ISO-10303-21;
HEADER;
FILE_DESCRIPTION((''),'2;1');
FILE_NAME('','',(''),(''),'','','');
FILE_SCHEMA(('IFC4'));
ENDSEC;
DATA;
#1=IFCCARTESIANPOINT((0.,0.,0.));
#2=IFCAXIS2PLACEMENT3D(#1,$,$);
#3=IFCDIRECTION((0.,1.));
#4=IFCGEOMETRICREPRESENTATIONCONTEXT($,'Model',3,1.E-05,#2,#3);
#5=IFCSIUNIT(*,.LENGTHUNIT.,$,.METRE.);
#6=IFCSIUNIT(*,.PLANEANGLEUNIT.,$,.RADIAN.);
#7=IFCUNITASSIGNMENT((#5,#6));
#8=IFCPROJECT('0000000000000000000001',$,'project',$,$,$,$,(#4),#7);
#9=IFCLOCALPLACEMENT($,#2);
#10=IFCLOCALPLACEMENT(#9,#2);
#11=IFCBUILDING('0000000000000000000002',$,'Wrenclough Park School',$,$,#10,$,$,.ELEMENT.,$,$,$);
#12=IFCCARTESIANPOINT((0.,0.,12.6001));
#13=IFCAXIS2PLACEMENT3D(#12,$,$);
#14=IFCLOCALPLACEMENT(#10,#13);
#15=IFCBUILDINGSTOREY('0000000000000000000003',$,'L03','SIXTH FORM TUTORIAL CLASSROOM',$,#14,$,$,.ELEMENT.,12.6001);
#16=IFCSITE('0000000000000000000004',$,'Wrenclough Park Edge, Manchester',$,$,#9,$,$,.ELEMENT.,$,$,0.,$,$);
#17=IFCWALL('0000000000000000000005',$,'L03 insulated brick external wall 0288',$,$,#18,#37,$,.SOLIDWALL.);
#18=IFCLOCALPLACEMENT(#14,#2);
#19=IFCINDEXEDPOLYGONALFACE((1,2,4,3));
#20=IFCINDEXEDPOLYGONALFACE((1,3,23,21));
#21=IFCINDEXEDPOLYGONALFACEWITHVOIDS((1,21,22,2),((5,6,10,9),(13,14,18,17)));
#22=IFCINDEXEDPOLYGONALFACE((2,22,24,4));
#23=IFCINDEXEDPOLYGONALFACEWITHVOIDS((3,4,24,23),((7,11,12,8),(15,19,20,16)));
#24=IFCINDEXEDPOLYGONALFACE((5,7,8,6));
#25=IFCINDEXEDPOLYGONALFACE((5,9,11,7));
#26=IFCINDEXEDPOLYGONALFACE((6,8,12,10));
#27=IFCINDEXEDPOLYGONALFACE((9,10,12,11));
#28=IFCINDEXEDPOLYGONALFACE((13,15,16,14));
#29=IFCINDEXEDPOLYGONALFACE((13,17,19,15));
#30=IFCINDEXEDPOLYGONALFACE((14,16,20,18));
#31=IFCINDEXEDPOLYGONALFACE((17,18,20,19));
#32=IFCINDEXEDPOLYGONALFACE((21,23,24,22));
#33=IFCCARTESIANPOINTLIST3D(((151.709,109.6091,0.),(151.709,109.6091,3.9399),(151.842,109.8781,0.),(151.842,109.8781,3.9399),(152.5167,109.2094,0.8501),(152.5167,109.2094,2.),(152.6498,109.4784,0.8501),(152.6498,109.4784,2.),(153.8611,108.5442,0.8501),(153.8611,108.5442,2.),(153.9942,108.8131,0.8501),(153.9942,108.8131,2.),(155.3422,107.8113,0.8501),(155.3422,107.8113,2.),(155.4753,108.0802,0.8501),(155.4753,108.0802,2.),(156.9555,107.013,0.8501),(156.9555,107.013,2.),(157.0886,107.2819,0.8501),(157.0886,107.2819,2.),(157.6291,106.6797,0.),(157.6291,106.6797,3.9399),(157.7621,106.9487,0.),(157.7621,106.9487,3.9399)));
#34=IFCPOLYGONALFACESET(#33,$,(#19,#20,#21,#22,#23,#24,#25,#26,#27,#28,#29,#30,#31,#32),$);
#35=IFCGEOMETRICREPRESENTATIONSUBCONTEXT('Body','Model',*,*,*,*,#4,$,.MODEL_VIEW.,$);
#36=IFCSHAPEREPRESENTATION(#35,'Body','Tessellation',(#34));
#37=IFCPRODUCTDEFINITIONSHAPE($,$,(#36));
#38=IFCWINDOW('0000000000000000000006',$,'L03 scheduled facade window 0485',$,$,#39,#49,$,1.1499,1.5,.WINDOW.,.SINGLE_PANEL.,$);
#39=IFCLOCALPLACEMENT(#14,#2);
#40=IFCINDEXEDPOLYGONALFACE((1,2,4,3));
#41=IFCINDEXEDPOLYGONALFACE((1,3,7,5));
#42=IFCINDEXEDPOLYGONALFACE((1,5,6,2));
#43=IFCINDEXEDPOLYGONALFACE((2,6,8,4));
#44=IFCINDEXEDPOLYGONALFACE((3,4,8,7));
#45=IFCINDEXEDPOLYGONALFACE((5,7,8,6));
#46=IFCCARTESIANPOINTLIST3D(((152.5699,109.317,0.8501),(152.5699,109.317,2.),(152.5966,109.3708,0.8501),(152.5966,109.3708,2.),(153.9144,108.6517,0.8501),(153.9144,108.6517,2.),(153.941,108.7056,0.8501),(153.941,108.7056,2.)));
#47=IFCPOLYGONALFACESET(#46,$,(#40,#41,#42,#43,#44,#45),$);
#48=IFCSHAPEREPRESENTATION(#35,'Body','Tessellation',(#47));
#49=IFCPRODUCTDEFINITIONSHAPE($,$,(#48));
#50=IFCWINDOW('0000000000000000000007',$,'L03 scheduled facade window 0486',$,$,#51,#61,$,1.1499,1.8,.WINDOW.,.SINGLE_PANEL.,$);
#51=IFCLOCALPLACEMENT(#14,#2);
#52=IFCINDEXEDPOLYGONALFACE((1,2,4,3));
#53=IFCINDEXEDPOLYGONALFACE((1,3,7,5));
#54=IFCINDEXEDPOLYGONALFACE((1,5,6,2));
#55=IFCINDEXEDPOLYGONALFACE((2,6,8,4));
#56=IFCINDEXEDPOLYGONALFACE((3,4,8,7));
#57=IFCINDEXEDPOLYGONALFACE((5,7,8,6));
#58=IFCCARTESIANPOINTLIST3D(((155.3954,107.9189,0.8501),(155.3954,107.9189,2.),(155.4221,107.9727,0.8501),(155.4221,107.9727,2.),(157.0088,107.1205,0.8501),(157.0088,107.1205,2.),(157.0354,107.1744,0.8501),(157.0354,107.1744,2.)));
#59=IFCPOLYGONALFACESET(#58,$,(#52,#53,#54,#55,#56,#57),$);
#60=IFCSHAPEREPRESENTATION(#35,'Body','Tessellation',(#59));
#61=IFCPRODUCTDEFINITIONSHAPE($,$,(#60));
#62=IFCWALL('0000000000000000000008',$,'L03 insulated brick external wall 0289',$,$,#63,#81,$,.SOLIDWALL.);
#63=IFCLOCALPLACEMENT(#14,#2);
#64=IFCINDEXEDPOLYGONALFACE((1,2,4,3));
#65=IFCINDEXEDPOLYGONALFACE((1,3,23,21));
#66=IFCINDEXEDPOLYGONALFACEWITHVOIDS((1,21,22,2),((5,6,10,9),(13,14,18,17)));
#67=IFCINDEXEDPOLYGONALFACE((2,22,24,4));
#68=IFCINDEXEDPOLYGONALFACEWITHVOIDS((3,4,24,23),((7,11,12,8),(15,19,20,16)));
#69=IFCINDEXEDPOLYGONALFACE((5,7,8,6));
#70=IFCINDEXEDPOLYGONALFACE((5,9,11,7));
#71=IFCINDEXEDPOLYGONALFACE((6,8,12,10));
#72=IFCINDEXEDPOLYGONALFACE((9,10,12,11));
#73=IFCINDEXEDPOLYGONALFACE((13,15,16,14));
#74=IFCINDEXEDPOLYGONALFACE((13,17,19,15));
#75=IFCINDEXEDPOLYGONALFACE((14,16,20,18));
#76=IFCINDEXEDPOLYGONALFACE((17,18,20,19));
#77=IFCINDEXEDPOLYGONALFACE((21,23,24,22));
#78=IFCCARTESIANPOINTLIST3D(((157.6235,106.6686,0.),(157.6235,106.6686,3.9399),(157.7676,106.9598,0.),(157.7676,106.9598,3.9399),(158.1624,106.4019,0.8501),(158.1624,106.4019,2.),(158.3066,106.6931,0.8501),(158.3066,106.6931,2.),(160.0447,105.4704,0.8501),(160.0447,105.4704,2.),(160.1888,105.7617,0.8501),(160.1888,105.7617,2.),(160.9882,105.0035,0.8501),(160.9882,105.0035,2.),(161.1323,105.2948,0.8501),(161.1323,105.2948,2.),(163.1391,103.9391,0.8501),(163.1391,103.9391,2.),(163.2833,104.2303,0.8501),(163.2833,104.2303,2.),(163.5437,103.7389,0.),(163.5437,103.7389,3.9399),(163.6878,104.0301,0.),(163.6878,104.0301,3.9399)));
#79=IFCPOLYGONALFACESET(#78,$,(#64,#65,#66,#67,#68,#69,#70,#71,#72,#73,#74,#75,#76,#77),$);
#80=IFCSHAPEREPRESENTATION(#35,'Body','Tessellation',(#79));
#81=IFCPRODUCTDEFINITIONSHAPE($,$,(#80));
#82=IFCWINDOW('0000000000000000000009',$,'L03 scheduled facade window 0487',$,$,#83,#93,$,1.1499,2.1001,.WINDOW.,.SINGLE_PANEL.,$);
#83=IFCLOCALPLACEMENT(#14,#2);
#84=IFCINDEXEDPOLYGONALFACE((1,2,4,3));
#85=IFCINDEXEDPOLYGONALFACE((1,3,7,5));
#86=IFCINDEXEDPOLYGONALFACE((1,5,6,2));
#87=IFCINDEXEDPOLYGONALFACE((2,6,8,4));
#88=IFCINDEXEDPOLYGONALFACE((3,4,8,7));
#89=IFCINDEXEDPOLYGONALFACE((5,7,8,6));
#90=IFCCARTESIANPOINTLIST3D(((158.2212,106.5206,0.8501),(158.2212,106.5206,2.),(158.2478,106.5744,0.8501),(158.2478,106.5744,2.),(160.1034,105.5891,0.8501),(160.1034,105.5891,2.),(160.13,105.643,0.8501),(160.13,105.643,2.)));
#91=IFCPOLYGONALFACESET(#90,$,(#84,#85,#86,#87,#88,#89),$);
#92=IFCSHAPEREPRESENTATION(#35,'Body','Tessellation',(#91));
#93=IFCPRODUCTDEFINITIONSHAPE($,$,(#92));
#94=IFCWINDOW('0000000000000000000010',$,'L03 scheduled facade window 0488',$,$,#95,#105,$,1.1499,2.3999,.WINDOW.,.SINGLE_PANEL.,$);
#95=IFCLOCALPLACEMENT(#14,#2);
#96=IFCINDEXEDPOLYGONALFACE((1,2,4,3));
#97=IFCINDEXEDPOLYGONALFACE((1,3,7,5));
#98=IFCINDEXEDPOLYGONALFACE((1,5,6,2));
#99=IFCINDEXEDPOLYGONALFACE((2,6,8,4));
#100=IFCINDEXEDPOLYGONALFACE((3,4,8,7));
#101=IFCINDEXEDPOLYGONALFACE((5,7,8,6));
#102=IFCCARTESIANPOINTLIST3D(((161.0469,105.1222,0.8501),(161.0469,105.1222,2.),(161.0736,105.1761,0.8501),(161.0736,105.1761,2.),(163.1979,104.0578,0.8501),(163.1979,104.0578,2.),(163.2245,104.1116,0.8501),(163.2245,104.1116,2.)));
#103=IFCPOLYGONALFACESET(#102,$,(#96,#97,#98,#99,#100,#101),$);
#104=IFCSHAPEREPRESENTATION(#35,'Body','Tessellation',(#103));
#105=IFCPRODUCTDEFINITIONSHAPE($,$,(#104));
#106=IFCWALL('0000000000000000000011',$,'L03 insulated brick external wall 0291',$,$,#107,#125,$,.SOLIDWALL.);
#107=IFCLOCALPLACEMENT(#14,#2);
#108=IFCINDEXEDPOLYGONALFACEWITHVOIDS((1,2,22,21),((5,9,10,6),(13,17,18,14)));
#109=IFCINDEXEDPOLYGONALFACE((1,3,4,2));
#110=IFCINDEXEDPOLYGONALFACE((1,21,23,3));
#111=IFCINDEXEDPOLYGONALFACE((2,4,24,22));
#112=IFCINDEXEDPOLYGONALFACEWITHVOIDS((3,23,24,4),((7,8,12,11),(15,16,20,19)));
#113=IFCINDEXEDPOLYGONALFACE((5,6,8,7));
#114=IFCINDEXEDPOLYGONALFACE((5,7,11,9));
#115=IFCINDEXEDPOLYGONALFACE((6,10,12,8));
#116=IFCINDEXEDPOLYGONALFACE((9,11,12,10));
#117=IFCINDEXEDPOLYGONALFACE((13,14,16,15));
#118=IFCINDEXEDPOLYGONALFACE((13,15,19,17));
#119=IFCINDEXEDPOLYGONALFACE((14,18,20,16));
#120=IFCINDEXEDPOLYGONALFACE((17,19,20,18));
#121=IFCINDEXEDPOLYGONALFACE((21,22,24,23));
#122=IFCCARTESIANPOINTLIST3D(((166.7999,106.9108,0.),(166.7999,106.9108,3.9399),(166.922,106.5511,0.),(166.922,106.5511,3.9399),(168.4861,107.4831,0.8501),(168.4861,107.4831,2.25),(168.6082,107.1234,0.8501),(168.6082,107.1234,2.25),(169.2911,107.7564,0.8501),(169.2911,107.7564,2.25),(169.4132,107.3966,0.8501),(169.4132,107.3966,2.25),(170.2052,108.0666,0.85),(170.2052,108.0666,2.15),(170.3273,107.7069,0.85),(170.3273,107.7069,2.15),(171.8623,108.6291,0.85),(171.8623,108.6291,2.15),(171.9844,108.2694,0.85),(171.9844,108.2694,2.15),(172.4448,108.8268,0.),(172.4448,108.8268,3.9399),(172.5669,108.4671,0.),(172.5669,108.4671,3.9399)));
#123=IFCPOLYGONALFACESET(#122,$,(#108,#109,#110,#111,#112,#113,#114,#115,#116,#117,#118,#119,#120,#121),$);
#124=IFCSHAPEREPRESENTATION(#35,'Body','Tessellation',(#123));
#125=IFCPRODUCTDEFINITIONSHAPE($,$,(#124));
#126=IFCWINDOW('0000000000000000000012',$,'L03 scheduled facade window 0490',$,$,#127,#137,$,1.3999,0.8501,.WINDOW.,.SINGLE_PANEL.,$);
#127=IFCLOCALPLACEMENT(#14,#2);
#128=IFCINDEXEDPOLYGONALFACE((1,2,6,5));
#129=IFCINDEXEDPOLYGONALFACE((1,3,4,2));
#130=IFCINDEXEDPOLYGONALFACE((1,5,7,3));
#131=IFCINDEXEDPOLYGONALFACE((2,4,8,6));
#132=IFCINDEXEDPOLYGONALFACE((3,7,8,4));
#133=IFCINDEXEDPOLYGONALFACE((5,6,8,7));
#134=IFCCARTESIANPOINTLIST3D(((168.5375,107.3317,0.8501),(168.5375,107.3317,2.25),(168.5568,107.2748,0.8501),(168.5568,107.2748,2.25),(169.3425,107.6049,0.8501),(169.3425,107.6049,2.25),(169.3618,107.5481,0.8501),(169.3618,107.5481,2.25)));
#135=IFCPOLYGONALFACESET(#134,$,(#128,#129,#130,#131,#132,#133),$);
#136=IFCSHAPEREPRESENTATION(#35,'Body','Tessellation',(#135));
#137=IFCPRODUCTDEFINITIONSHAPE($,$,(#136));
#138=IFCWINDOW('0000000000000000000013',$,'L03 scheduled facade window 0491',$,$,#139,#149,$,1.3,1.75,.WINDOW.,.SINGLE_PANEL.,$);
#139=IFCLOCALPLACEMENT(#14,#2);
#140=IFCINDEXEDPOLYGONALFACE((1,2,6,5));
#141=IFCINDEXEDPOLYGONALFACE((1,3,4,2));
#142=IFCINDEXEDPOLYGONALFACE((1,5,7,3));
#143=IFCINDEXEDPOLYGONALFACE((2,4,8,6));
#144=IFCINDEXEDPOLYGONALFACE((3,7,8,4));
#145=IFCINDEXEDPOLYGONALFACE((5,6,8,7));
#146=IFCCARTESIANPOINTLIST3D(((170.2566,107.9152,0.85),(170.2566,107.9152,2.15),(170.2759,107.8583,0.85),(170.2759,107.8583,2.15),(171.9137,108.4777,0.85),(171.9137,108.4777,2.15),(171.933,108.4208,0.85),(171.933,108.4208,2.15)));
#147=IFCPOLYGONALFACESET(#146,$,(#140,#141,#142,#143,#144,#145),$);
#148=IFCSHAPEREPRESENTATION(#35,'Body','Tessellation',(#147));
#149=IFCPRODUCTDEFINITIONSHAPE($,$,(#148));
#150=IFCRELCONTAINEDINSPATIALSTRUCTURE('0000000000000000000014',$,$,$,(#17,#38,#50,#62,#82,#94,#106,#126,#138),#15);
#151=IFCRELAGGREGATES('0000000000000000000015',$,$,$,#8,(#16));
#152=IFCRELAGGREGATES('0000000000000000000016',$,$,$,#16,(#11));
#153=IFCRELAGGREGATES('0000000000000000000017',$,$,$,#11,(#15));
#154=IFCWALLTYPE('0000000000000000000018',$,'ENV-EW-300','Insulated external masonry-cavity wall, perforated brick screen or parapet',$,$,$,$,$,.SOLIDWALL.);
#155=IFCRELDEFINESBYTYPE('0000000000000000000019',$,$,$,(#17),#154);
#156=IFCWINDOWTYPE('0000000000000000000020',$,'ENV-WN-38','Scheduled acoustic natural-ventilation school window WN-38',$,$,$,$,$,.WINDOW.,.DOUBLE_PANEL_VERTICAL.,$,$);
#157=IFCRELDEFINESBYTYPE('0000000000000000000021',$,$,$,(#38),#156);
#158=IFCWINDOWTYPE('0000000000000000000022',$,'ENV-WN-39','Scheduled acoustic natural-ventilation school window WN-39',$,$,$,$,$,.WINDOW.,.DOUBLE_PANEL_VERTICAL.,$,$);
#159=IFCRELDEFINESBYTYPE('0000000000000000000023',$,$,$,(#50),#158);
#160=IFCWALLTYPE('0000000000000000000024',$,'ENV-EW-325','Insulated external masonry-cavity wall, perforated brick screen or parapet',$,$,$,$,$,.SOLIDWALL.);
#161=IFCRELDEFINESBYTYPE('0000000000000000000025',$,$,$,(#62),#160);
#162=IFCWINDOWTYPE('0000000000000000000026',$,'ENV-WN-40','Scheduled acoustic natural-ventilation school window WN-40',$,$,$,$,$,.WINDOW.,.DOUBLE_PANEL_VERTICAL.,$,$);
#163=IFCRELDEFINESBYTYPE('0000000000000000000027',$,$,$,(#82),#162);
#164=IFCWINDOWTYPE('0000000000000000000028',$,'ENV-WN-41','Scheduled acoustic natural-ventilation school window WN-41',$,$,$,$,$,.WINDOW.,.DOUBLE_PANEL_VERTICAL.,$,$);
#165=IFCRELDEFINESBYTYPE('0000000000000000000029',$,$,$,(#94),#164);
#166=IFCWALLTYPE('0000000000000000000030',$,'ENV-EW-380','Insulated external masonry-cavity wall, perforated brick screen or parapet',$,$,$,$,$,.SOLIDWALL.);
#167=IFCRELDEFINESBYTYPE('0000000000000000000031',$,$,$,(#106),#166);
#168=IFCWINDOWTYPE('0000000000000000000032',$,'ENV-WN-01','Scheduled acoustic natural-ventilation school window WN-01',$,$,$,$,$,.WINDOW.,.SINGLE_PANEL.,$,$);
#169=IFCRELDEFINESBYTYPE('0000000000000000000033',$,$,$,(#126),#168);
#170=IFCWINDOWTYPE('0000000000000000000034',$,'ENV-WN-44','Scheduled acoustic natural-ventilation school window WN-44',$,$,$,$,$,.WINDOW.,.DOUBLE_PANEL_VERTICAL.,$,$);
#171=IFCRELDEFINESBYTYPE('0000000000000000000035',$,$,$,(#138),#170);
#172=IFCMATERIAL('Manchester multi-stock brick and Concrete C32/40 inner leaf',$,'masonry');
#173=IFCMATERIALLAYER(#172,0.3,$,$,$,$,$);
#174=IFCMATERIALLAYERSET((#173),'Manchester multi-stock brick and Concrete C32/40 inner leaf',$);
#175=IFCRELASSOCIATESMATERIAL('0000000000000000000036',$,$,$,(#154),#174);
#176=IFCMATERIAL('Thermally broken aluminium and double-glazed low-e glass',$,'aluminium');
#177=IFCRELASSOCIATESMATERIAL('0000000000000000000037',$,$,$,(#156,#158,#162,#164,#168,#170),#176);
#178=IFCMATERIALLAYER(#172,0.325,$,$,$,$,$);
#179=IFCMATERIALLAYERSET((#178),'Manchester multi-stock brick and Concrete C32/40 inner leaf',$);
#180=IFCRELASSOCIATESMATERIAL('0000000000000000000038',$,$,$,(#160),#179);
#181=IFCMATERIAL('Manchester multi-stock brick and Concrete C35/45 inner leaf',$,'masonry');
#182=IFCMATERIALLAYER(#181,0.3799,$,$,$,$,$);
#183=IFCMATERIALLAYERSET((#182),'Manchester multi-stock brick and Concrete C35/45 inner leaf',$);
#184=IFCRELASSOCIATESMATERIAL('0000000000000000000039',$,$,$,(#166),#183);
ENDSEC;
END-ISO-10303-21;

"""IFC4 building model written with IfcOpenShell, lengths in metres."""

from ifc_helpers import new_model, si_unit, direction, frame, frame_2d, origin, place, context, subcontext, project, spatial, rectangle, extrude, material, layer, layer_set, type_object, element, fill, save


model = new_model("IFC4")

# Units and contexts
model_context = context("Model", 3, precision=1e-05, world=origin(), true_north=direction((0.0, 1.0)))
body_context = subcontext(model_context, "Body", "Model", "MODEL_VIEW")
ifc_project = project(units=[si_unit("LENGTHUNIT", "METRE"), si_unit("PLANEANGLEUNIT", "RADIAN")], contexts=[model_context])

# Site, building, storey
site_placement = place(None, origin())
site = spatial("IfcSite", under=ifc_project, at=site_placement, Name="Wrenclough Park Edge, Manchester", CompositionType="ELEMENT", RefElevation=0.0)
building_placement = place(site_placement, origin())
building = spatial("IfcBuilding", under=site, at=building_placement, Name="Wrenclough Park School", CompositionType="ELEMENT")
storey_placement = place(building_placement, frame((0.0, 0.0, 12.6001)))
storey = spatial("IfcBuildingStorey", under=building, at=storey_placement, Name="L03", Description="SIXTH FORM TUTORIAL CLASSROOM", CompositionType="ELEMENT", Elevation=12.6001)

# Walls, openings, windows
ifc_material_1 = material(Name="Manchester multi-stock brick and Concrete C32/40 inner leaf", Category="masonry")
ifc_layer_1 = layer(ifc_material_1, 0.3)
ifc_layer_set_1 = layer_set([ifc_layer_1], Name="Manchester multi-stock brick and Concrete C32/40 inner leaf")
wall_type_1 = type_object("IfcWallType", Name="ENV-EW-300", Description="Insulated external masonry-cavity wall, perforated brick screen or parapet", PredefinedType="SOLIDWALL", material=ifc_layer_set_1)
wall_1_placement = place(storey_placement, frame((151.7754, 109.7437, 0.0), z_axis=(0.0, 0.0, 1.0), x_axis=(0.896275, -0.443499, 0.0)))
wall_1 = element("IfcWall", 1, at=wall_1_placement, inside=storey, type_object=wall_type_1, Name="L03 insulated brick external wall 0288", PredefinedType="SOLIDWALL", context=body_context, shape_type="SweptSolid", body=[
    extrude(rectangle(XDim=6.6052, YDim=0.3, at=frame_2d((3.3027, 0.0))), origin(), (0.0, 0.0, 1.0), 3.9399),
])
opening_1_placement = place(wall_1_placement, frame((0.9014, 0.0, 0.8501)))
opening_1 = element("IfcOpeningElement", 2, at=opening_1_placement, cuts=wall_1, PredefinedType="OPENING", context=body_context, shape_type="SweptSolid", body=[
    extrude(rectangle(XDim=1.5, YDim=1.1499, at=frame_2d((0.75, 0.575))), frame((0.0, 0.1599, 0.0), z_axis=(0.0, -1.0, 0.0), x_axis=(1.0, 0.0, 0.0)), (0.0, 0.0, 1.0), 0.3201),
])
opening_2_placement = place(wall_1_placement, frame((4.054, 0.0, 0.8501)))
opening_2 = element("IfcOpeningElement", 3, at=opening_2_placement, cuts=wall_1, PredefinedType="OPENING", context=body_context, shape_type="SweptSolid", body=[
    extrude(rectangle(XDim=1.8, YDim=1.1499, at=frame_2d((0.8999, 0.575))), frame((0.0, 0.1599, 0.0), z_axis=(0.0, -1.0, 0.0), x_axis=(1.0, 0.0, 0.0)), (0.0, 0.0, 1.0), 0.3201),
])
ifc_material_2 = material(Name="Thermally broken aluminium and double-glazed low-e glass", Category="aluminium")
window_type_1 = type_object("IfcWindowType", Name="ENV-WN-38", Description="Scheduled acoustic natural-ventilation school window WN-38", PartitioningType="DOUBLE_PANEL_VERTICAL", PredefinedType="WINDOW", material=ifc_material_2)
window_1_placement = place(opening_1_placement, origin())
window_1 = element("IfcWindow", 4, at=window_1_placement, inside=storey, type_object=window_type_1, Name="L03 scheduled facade window 0485", OverallHeight=1.1499, OverallWidth=1.5, PartitioningType="SINGLE_PANEL", PredefinedType="WINDOW", context=body_context, shape_type="SweptSolid", body=[
    extrude(rectangle(XDim=1.5, YDim=1.1499, at=frame_2d((0.75, 0.575))), frame((0.0, 0.03, 0.0), z_axis=(0.0, -1.0, 0.0), x_axis=(1.0, 0.0, 0.0)), (0.0, 0.0, 1.0), 0.0601),
])
fill(opening_1, window_1)
window_type_2 = type_object("IfcWindowType", Name="ENV-WN-39", Description="Scheduled acoustic natural-ventilation school window WN-39", PartitioningType="DOUBLE_PANEL_VERTICAL", PredefinedType="WINDOW", material=ifc_material_2)
window_2_placement = place(opening_2_placement, origin())
window_2 = element("IfcWindow", 5, at=window_2_placement, inside=storey, type_object=window_type_2, Name="L03 scheduled facade window 0486", OverallHeight=1.1499, OverallWidth=1.8, PartitioningType="SINGLE_PANEL", PredefinedType="WINDOW", context=body_context, shape_type="SweptSolid", body=[
    extrude(rectangle(XDim=1.8, YDim=1.1499, at=frame_2d((0.8999, 0.575))), frame((0.0, 0.03, 0.0), z_axis=(0.0, -1.0, 0.0), x_axis=(1.0, 0.0, 0.0)), (0.0, 0.0, 1.0), 0.0601),
])
fill(opening_2, window_2)
ifc_layer_2 = layer(ifc_material_1, 0.325)
ifc_layer_set_2 = layer_set([ifc_layer_2], Name="Manchester multi-stock brick and Concrete C32/40 inner leaf")
wall_type_2 = type_object("IfcWallType", Name="ENV-EW-325", Description="Insulated external masonry-cavity wall, perforated brick screen or parapet", PredefinedType="SOLIDWALL", material=ifc_layer_set_2)
wall_2_placement = place(storey_placement, frame((157.6956, 106.8142, 0.0), z_axis=(0.0, 0.0, 1.0), x_axis=(0.89626, -0.443529, 0.0)))
wall_2 = element("IfcWall", 6, at=wall_2_placement, inside=storey, type_object=wall_type_2, Name="L03 insulated brick external wall 0289", PredefinedType="SOLIDWALL", context=body_context, shape_type="SweptSolid", body=[
    extrude(rectangle(XDim=6.6055, YDim=0.325, at=frame_2d((3.3027, 0.0))), origin(), (0.0, 0.0, 1.0), 3.9399),
])
opening_3_placement = place(wall_2_placement, frame((0.6013, 0.0, 0.8501)))
opening_3 = element("IfcOpeningElement", 7, at=opening_3_placement, cuts=wall_2, PredefinedType="OPENING", context=body_context, shape_type="SweptSolid", body=[
    extrude(rectangle(XDim=2.1001, YDim=1.1499, at=frame_2d((1.05, 0.575))), frame((0.0, 0.1724, 0.0), z_axis=(0.0, -1.0, 0.0), x_axis=(1.0, 0.0, 0.0)), (0.0, 0.0, 1.0), 0.345),
])
opening_4_placement = place(wall_2_placement, frame((3.7542, 0.0, 0.8501)))
opening_4 = element("IfcOpeningElement", 8, at=opening_4_placement, cuts=wall_2, PredefinedType="OPENING", context=body_context, shape_type="SweptSolid", body=[
    extrude(rectangle(XDim=2.3999, YDim=1.1499, at=frame_2d((1.2, 0.575))), frame((0.0, 0.1724, 0.0), z_axis=(0.0, -1.0, 0.0), x_axis=(1.0, 0.0, 0.0)), (0.0, 0.0, 1.0), 0.345),
])
window_type_3 = type_object("IfcWindowType", Name="ENV-WN-40", Description="Scheduled acoustic natural-ventilation school window WN-40", PartitioningType="DOUBLE_PANEL_VERTICAL", PredefinedType="WINDOW", material=ifc_material_2)
window_3_placement = place(opening_3_placement, origin())
window_3 = element("IfcWindow", 9, at=window_3_placement, inside=storey, type_object=window_type_3, Name="L03 scheduled facade window 0487", OverallHeight=1.1499, OverallWidth=2.1001, PartitioningType="SINGLE_PANEL", PredefinedType="WINDOW", context=body_context, shape_type="SweptSolid", body=[
    extrude(rectangle(XDim=2.1001, YDim=1.1499, at=frame_2d((1.05, 0.575))), frame((0.0, 0.03, 0.0), z_axis=(0.0, -1.0, 0.0), x_axis=(1.0, 0.0, 0.0)), (0.0, 0.0, 1.0), 0.0601),
])
fill(opening_3, window_3)
window_type_4 = type_object("IfcWindowType", Name="ENV-WN-41", Description="Scheduled acoustic natural-ventilation school window WN-41", PartitioningType="DOUBLE_PANEL_VERTICAL", PredefinedType="WINDOW", material=ifc_material_2)
window_4_placement = place(opening_4_placement, origin())
window_4 = element("IfcWindow", 10, at=window_4_placement, inside=storey, type_object=window_type_4, Name="L03 scheduled facade window 0488", OverallHeight=1.1499, OverallWidth=2.3999, PartitioningType="SINGLE_PANEL", PredefinedType="WINDOW", context=body_context, shape_type="SweptSolid", body=[
    extrude(rectangle(XDim=2.3999, YDim=1.1499, at=frame_2d((1.2, 0.575))), frame((0.0, 0.03, 0.0), z_axis=(0.0, -1.0, 0.0), x_axis=(1.0, 0.0, 0.0)), (0.0, 0.0, 1.0), 0.0601),
])
fill(opening_4, window_4)
ifc_material_3 = material(Name="Manchester multi-stock brick and Concrete C35/45 inner leaf", Category="masonry")
ifc_layer_3 = layer(ifc_material_3, 0.3799)
ifc_layer_set_3 = layer_set([ifc_layer_3], Name="Manchester multi-stock brick and Concrete C35/45 inner leaf")
wall_type_3 = type_object("IfcWallType", Name="ENV-EW-380", Description="Insulated external masonry-cavity wall, perforated brick screen or parapet", PredefinedType="SOLIDWALL", material=ifc_layer_set_3)
wall_3_placement = place(storey_placement, frame((166.8611, 106.731, 0.0), z_axis=(0.0, 0.0, 1.0), x_axis=(0.946937, 0.32142, 0.0)))
wall_3 = element("IfcWall", 11, at=wall_3_placement, inside=storey, type_object=wall_type_3, Name="L03 insulated brick external wall 0291", PredefinedType="SOLIDWALL", context=body_context, shape_type="SweptSolid", body=[
    extrude(rectangle(XDim=5.9612, YDim=0.3799, at=frame_2d((2.9805, 0.0))), origin(), (0.0, 0.0, 1.0), 3.9399),
])
opening_5_placement = place(wall_3_placement, frame((1.7805, 0.0, 0.8501)))
opening_5 = element("IfcOpeningElement", 12, at=opening_5_placement, cuts=wall_3, PredefinedType="OPENING", context=body_context, shape_type="SweptSolid", body=[
    extrude(rectangle(XDim=0.8501, YDim=1.3999, at=frame_2d((0.425, 0.7))), frame((0.0, 0.2, 0.0), z_axis=(0.0, -1.0, 0.0), x_axis=(1.0, 0.0, 0.0)), (0.0, 0.0, 1.0), 0.3999),
])
opening_6_placement = place(wall_3_placement, frame((3.5959, 0.0, 0.8501)))
opening_6 = element("IfcOpeningElement", 13, at=opening_6_placement, cuts=wall_3, PredefinedType="OPENING", context=body_context, shape_type="SweptSolid", body=[
    extrude(rectangle(XDim=1.75, YDim=1.3, at=frame_2d((0.875, 0.6499))), frame((0.0, 0.2, 0.0), z_axis=(0.0, -1.0, 0.0), x_axis=(1.0, 0.0, 0.0)), (0.0, 0.0, 1.0), 0.3999),
])
window_type_5 = type_object("IfcWindowType", Name="ENV-WN-01", Description="Scheduled acoustic natural-ventilation school window WN-01", PartitioningType="SINGLE_PANEL", PredefinedType="WINDOW", material=ifc_material_2)
window_5_placement = place(opening_5_placement, origin())
window_5 = element("IfcWindow", 14, at=window_5_placement, inside=storey, type_object=window_type_5, Name="L03 scheduled facade window 0490", OverallHeight=1.3999, OverallWidth=0.8501, PartitioningType="SINGLE_PANEL", PredefinedType="WINDOW", context=body_context, shape_type="SweptSolid", body=[
    extrude(rectangle(XDim=0.8501, YDim=1.3999, at=frame_2d((0.425, 0.7))), frame((0.0, 0.03, 0.0), z_axis=(0.0, -1.0, 0.0), x_axis=(1.0, 0.0, 0.0)), (0.0, 0.0, 1.0), 0.0601),
])
fill(opening_5, window_5)
window_type_6 = type_object("IfcWindowType", Name="ENV-WN-44", Description="Scheduled acoustic natural-ventilation school window WN-44", PartitioningType="DOUBLE_PANEL_VERTICAL", PredefinedType="WINDOW", material=ifc_material_2)
window_6_placement = place(opening_6_placement, origin())
window_6 = element("IfcWindow", 15, at=window_6_placement, inside=storey, type_object=window_type_6, Name="L03 scheduled facade window 0491", OverallHeight=1.3, OverallWidth=1.75, PartitioningType="SINGLE_PANEL", PredefinedType="WINDOW", context=body_context, shape_type="SweptSolid", body=[
    extrude(rectangle(XDim=1.75, YDim=1.3, at=frame_2d((0.875, 0.6499))), frame((0.0, 0.03, 0.0), z_axis=(0.0, -1.0, 0.0), x_axis=(1.0, 0.0, 0.0)), (0.0, 0.0, 1.0), 0.0601),
])
fill(opening_6, window_6)

save(model, "model.ifc")
